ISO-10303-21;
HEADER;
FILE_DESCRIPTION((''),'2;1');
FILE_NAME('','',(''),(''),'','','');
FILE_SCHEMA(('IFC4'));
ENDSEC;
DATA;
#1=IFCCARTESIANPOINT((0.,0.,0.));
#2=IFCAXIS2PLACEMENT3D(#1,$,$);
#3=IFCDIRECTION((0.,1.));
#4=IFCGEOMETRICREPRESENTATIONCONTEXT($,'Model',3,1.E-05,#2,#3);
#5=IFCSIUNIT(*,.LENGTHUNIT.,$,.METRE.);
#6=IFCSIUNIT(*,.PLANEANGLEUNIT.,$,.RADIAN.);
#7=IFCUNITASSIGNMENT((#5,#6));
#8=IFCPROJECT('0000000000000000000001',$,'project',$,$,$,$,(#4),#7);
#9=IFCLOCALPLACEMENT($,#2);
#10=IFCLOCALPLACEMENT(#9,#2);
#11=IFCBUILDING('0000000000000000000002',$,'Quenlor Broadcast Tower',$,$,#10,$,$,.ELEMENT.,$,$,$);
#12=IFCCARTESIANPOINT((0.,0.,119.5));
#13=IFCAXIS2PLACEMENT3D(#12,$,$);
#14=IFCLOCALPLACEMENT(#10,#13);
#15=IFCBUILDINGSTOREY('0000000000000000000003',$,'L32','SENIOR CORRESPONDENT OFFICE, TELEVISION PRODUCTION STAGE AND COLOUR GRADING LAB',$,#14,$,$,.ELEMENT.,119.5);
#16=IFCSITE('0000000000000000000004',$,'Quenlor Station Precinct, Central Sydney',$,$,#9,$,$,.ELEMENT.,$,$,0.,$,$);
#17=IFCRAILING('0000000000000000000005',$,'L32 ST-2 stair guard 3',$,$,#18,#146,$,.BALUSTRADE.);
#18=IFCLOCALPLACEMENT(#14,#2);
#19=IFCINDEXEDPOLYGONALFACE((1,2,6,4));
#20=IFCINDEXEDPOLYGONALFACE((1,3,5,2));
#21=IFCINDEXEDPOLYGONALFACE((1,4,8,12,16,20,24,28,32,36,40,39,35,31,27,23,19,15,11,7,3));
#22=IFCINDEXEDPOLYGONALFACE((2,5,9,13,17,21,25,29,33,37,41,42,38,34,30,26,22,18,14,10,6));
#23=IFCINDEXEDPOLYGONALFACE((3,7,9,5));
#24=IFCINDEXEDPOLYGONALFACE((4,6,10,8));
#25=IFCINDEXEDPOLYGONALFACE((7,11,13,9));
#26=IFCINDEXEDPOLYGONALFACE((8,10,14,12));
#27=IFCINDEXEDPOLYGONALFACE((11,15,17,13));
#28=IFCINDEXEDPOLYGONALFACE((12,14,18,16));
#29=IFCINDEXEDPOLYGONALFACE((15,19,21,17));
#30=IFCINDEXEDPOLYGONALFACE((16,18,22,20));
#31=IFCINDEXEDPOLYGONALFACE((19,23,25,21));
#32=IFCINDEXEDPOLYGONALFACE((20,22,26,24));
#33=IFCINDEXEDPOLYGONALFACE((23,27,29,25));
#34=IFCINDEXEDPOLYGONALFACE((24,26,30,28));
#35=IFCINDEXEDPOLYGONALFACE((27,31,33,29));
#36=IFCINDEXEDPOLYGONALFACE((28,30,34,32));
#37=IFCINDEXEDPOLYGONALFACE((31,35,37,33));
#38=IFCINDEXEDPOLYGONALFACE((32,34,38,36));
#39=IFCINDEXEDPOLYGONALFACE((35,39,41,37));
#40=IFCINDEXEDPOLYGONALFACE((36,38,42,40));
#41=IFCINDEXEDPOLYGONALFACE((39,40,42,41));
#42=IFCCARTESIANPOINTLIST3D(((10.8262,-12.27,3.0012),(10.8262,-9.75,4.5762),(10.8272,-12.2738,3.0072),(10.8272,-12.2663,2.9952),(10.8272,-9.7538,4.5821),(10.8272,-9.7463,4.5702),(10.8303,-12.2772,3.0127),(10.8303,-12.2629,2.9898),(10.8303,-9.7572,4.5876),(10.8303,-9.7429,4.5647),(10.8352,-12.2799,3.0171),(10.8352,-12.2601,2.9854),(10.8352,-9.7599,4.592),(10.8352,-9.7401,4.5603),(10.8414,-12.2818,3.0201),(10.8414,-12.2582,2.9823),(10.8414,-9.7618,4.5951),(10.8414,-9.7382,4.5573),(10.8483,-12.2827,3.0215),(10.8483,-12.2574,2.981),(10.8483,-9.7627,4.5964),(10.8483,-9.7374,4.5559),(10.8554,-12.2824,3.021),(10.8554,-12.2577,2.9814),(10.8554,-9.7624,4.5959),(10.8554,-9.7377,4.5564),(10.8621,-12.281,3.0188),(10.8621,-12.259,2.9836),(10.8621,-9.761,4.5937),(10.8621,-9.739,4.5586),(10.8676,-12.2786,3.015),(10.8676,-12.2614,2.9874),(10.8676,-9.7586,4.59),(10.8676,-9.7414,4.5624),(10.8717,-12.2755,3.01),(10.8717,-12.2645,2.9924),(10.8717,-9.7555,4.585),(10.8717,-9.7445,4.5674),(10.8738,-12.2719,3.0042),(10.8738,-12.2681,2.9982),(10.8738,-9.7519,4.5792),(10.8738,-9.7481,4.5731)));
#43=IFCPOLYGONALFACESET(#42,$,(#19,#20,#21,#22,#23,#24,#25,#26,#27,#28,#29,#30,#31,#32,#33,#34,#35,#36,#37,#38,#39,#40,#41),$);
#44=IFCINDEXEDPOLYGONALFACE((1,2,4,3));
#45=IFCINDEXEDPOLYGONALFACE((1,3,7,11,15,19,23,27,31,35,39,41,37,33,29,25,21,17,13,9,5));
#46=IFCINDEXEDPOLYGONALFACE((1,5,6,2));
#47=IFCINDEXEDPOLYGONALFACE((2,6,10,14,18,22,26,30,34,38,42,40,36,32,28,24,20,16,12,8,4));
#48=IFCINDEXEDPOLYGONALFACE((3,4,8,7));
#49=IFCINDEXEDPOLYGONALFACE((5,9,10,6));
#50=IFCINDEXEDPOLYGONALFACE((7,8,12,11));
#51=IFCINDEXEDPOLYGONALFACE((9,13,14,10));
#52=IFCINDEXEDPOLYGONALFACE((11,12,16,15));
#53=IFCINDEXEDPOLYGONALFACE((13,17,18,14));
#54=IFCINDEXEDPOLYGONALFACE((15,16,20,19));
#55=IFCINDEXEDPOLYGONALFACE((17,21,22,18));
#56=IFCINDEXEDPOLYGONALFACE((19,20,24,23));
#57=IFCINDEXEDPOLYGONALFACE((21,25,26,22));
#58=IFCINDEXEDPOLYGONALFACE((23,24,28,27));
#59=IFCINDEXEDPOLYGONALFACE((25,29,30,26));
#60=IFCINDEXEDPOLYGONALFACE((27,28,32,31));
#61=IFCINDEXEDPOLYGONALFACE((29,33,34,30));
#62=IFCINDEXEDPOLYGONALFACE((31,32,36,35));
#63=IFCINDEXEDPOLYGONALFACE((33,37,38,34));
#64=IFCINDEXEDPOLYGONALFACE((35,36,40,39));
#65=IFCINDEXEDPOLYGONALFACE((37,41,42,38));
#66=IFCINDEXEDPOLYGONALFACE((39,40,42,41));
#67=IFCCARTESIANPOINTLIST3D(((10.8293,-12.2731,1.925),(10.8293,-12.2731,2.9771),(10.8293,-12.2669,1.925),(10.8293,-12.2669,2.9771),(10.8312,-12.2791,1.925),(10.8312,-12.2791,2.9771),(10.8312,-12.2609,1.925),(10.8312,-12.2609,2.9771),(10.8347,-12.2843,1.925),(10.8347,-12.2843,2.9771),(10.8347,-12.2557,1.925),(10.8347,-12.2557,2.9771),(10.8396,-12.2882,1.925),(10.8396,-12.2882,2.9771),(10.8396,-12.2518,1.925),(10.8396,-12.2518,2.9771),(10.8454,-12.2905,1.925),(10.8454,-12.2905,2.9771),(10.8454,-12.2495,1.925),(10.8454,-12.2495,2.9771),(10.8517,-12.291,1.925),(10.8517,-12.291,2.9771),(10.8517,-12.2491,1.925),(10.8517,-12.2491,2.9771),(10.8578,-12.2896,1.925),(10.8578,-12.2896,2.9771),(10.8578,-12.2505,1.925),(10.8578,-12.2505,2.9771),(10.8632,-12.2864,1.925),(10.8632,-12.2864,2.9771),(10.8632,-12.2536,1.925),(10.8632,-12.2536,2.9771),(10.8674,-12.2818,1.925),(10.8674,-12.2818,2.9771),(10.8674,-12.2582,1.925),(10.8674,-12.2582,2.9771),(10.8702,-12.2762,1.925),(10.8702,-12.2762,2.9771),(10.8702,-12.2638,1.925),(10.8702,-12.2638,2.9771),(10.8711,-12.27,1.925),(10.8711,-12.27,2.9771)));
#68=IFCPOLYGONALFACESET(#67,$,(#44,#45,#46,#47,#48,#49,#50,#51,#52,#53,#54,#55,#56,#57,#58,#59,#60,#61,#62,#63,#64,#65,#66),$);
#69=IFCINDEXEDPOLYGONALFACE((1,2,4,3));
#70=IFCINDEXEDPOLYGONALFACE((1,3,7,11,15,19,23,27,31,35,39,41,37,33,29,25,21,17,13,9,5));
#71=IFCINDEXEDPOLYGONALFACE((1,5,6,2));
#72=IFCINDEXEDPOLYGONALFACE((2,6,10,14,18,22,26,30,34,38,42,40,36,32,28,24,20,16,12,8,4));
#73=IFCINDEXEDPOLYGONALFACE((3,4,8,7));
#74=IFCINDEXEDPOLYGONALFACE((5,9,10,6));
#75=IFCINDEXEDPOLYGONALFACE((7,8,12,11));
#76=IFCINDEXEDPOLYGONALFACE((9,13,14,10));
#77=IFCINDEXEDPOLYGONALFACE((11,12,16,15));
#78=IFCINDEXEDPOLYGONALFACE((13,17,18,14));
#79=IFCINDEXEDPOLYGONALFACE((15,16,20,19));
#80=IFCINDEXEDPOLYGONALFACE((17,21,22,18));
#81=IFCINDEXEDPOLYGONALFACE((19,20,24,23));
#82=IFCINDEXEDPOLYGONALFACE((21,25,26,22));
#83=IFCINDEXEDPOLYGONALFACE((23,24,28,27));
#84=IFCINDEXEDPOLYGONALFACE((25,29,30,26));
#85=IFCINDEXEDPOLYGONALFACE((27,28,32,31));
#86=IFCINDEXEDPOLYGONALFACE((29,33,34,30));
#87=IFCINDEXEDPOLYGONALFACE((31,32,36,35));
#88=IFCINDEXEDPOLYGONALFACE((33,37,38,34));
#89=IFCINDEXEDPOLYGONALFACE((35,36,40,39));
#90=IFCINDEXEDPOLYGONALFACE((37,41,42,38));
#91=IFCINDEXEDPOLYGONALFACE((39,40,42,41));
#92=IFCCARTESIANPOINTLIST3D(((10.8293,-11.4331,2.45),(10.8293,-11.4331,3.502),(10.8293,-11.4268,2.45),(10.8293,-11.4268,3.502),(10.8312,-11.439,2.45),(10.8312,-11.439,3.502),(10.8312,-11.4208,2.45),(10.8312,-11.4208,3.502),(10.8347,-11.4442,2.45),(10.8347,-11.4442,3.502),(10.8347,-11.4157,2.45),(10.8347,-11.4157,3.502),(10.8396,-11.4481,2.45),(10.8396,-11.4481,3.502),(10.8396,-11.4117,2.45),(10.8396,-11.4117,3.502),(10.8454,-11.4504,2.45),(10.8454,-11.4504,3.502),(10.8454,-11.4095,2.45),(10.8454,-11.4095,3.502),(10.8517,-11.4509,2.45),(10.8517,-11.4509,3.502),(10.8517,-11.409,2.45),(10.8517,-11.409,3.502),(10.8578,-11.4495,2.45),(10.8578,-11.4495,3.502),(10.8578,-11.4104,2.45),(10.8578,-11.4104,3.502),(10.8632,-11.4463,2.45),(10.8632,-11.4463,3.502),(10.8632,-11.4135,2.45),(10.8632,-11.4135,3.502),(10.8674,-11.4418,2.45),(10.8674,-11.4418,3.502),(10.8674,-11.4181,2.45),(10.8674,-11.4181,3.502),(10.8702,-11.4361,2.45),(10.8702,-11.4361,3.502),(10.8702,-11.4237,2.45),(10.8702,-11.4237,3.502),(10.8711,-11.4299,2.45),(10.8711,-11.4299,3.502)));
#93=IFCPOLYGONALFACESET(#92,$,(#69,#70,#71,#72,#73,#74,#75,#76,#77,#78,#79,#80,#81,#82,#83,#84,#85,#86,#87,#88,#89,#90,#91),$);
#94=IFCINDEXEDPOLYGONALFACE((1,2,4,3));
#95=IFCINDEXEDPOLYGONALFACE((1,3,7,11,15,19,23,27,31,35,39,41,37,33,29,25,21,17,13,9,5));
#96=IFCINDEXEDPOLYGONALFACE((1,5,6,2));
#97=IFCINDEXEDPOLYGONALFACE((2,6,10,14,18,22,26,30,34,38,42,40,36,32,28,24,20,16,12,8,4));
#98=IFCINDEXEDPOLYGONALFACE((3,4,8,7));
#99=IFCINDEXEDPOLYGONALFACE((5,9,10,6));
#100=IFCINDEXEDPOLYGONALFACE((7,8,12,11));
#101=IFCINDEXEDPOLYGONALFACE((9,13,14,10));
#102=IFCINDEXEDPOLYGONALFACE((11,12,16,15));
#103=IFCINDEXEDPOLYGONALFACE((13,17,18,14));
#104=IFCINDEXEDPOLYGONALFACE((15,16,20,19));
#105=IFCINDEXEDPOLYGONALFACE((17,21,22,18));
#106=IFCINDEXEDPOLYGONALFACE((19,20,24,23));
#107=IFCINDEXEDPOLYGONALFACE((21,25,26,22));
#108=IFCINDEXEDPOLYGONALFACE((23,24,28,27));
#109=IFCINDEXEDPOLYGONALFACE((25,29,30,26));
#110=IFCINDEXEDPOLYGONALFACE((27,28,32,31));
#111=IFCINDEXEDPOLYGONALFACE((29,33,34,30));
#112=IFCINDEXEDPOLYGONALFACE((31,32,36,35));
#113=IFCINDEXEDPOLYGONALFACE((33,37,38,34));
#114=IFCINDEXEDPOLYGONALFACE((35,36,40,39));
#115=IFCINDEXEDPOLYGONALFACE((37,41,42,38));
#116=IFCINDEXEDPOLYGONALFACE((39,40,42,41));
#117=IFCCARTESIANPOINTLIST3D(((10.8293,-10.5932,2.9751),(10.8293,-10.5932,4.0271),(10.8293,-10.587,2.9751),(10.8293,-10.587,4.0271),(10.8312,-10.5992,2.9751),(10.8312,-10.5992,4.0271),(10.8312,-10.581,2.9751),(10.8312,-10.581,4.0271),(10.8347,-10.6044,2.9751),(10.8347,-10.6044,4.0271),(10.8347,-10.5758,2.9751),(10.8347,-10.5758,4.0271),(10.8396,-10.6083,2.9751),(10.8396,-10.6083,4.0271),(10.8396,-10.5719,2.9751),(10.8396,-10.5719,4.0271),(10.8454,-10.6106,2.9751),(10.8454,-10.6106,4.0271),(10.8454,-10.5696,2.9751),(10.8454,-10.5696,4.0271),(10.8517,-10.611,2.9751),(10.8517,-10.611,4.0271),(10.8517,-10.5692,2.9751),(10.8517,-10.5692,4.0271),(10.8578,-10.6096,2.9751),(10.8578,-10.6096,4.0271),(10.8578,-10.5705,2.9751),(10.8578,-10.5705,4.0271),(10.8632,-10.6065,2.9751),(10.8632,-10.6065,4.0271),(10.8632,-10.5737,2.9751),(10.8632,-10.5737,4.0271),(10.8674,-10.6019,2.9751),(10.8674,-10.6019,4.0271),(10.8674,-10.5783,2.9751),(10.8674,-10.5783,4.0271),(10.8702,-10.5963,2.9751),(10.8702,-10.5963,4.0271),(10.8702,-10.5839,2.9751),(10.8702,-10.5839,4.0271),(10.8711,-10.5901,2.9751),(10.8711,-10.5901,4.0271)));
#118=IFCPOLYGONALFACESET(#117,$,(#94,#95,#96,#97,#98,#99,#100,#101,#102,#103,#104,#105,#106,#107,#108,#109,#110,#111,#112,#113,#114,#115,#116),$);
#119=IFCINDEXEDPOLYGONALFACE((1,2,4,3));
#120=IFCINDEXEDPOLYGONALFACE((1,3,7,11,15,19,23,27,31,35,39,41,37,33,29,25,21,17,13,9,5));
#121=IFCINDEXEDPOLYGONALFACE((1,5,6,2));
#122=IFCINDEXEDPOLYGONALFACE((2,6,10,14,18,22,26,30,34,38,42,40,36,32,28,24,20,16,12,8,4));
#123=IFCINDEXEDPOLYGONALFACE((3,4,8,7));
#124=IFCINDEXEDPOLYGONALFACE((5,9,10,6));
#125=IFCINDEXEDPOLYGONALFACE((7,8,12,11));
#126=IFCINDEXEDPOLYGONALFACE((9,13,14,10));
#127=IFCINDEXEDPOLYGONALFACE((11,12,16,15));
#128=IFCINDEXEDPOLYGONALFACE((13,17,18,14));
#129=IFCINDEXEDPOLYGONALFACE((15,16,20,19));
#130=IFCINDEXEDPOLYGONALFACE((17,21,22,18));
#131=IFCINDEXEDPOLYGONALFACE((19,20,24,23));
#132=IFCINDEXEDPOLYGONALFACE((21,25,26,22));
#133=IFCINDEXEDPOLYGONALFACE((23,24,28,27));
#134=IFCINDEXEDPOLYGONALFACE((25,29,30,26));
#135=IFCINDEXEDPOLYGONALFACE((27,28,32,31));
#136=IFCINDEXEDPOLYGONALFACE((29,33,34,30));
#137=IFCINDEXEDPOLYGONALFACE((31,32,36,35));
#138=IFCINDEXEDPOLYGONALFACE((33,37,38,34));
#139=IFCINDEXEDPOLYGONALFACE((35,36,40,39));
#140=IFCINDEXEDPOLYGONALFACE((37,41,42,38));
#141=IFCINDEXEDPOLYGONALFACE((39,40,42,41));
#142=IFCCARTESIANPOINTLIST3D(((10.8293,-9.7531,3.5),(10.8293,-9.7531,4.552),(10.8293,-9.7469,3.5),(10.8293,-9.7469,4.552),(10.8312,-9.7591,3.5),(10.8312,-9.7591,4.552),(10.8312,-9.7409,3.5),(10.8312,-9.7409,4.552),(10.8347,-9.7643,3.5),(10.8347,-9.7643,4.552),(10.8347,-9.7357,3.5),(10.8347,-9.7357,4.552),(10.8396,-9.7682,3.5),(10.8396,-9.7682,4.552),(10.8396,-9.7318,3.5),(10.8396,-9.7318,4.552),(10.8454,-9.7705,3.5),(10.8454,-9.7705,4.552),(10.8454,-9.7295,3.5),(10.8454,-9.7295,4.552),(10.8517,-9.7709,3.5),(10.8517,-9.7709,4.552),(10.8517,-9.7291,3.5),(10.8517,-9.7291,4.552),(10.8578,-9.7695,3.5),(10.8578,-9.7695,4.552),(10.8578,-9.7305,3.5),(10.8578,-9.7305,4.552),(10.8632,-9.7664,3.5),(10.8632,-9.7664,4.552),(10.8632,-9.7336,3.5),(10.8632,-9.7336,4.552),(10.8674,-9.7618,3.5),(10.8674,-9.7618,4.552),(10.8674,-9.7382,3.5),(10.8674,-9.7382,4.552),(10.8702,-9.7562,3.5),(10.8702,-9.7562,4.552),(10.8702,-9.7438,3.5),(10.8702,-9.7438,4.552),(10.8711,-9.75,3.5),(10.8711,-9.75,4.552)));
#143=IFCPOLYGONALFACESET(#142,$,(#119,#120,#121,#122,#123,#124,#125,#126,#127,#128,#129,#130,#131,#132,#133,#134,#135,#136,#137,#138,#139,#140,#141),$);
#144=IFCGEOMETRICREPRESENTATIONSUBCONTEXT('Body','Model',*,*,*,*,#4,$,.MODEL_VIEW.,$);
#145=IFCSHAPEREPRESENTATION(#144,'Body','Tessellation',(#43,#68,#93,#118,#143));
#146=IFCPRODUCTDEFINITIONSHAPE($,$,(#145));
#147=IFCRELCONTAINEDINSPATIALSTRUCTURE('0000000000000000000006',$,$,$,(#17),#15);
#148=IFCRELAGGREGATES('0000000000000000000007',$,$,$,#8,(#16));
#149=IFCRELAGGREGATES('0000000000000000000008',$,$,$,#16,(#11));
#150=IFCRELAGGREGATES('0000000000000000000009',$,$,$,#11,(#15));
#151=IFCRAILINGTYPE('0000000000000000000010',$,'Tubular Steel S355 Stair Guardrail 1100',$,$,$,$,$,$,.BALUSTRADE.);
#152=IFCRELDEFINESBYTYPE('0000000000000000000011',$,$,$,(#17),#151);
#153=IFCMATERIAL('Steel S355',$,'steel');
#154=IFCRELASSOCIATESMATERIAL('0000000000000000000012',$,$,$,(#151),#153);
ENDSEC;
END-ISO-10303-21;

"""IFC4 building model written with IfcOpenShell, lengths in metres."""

from ifc_helpers import new_model, si_unit, direction, frame, origin, origin_2d, place, context, subcontext, project, spatial, circle, extrude, material, type_object, element, save


model = new_model("IFC4")

# Units and contexts
model_context = context("Model", 3, precision=1e-05, world=origin(), true_north=direction((0.0, 1.0)))
body_context = subcontext(model_context, "Body", "Model", "MODEL_VIEW")
ifc_project = project(units=[si_unit("LENGTHUNIT", "METRE"), si_unit("PLANEANGLEUNIT", "RADIAN")], contexts=[model_context])

# Site, building, storey
site_placement = place(None, origin())
site = spatial("IfcSite", under=ifc_project, at=site_placement, Name="Quenlor Station Precinct, Central Sydney", CompositionType="ELEMENT", RefElevation=0.0)
building_placement = place(site_placement, origin())
building = spatial("IfcBuilding", under=site, at=building_placement, Name="Quenlor Broadcast Tower", CompositionType="ELEMENT")
storey_placement = place(building_placement, frame((0.0, 0.0, 119.5)))
storey = spatial("IfcBuildingStorey", under=building, at=storey_placement, Name="L32", Description="SENIOR CORRESPONDENT OFFICE, TELEVISION PRODUCTION STAGE AND COLOUR GRADING LAB", CompositionType="ELEMENT", Elevation=119.5)

# Railing
ifc_material_1 = material(Name="Steel S355", Category="steel")
railing_type_1 = type_object("IfcRailingType", Name="Tubular Steel S355 Stair Guardrail 1100", PredefinedType="BALUSTRADE", material=ifc_material_1)
railing_1_placement = place(storey_placement, frame((10.8501, -12.27, 1.925)))
element("IfcRailing", 1, at=railing_1_placement, inside=storey, type_object=railing_type_1, Name="L32 ST-2 stair guard 3", PredefinedType="BALUSTRADE", context=body_context, shape_type="SweptSolid", body=[
    extrude(circle(Radius=0.0239, at=origin_2d()), frame((0.0, 0.0, 1.0762), z_axis=(0.0, 0.848008, 0.529984), x_axis=(-1.0, 0.0, 0.0)), (0.0, 0.0, 1.0), 2.9717),
    extrude(circle(Radius=0.021, at=origin_2d()), origin(), (0.0, 0.0, 1.0), 1.052),
    extrude(circle(Radius=0.021, at=origin_2d()), frame((0.0, 0.8401, 0.5249)), (0.0, 0.0, 1.0), 1.052),
    extrude(circle(Radius=0.021, at=origin_2d()), frame((0.0, 1.6799, 1.05)), (0.0, 0.0, 1.0), 1.052),
    extrude(circle(Radius=0.021, at=origin_2d()), frame((0.0, 2.52, 1.575)), (0.0, 0.0, 1.0), 1.052),
])

save(model, "model.ifc")
